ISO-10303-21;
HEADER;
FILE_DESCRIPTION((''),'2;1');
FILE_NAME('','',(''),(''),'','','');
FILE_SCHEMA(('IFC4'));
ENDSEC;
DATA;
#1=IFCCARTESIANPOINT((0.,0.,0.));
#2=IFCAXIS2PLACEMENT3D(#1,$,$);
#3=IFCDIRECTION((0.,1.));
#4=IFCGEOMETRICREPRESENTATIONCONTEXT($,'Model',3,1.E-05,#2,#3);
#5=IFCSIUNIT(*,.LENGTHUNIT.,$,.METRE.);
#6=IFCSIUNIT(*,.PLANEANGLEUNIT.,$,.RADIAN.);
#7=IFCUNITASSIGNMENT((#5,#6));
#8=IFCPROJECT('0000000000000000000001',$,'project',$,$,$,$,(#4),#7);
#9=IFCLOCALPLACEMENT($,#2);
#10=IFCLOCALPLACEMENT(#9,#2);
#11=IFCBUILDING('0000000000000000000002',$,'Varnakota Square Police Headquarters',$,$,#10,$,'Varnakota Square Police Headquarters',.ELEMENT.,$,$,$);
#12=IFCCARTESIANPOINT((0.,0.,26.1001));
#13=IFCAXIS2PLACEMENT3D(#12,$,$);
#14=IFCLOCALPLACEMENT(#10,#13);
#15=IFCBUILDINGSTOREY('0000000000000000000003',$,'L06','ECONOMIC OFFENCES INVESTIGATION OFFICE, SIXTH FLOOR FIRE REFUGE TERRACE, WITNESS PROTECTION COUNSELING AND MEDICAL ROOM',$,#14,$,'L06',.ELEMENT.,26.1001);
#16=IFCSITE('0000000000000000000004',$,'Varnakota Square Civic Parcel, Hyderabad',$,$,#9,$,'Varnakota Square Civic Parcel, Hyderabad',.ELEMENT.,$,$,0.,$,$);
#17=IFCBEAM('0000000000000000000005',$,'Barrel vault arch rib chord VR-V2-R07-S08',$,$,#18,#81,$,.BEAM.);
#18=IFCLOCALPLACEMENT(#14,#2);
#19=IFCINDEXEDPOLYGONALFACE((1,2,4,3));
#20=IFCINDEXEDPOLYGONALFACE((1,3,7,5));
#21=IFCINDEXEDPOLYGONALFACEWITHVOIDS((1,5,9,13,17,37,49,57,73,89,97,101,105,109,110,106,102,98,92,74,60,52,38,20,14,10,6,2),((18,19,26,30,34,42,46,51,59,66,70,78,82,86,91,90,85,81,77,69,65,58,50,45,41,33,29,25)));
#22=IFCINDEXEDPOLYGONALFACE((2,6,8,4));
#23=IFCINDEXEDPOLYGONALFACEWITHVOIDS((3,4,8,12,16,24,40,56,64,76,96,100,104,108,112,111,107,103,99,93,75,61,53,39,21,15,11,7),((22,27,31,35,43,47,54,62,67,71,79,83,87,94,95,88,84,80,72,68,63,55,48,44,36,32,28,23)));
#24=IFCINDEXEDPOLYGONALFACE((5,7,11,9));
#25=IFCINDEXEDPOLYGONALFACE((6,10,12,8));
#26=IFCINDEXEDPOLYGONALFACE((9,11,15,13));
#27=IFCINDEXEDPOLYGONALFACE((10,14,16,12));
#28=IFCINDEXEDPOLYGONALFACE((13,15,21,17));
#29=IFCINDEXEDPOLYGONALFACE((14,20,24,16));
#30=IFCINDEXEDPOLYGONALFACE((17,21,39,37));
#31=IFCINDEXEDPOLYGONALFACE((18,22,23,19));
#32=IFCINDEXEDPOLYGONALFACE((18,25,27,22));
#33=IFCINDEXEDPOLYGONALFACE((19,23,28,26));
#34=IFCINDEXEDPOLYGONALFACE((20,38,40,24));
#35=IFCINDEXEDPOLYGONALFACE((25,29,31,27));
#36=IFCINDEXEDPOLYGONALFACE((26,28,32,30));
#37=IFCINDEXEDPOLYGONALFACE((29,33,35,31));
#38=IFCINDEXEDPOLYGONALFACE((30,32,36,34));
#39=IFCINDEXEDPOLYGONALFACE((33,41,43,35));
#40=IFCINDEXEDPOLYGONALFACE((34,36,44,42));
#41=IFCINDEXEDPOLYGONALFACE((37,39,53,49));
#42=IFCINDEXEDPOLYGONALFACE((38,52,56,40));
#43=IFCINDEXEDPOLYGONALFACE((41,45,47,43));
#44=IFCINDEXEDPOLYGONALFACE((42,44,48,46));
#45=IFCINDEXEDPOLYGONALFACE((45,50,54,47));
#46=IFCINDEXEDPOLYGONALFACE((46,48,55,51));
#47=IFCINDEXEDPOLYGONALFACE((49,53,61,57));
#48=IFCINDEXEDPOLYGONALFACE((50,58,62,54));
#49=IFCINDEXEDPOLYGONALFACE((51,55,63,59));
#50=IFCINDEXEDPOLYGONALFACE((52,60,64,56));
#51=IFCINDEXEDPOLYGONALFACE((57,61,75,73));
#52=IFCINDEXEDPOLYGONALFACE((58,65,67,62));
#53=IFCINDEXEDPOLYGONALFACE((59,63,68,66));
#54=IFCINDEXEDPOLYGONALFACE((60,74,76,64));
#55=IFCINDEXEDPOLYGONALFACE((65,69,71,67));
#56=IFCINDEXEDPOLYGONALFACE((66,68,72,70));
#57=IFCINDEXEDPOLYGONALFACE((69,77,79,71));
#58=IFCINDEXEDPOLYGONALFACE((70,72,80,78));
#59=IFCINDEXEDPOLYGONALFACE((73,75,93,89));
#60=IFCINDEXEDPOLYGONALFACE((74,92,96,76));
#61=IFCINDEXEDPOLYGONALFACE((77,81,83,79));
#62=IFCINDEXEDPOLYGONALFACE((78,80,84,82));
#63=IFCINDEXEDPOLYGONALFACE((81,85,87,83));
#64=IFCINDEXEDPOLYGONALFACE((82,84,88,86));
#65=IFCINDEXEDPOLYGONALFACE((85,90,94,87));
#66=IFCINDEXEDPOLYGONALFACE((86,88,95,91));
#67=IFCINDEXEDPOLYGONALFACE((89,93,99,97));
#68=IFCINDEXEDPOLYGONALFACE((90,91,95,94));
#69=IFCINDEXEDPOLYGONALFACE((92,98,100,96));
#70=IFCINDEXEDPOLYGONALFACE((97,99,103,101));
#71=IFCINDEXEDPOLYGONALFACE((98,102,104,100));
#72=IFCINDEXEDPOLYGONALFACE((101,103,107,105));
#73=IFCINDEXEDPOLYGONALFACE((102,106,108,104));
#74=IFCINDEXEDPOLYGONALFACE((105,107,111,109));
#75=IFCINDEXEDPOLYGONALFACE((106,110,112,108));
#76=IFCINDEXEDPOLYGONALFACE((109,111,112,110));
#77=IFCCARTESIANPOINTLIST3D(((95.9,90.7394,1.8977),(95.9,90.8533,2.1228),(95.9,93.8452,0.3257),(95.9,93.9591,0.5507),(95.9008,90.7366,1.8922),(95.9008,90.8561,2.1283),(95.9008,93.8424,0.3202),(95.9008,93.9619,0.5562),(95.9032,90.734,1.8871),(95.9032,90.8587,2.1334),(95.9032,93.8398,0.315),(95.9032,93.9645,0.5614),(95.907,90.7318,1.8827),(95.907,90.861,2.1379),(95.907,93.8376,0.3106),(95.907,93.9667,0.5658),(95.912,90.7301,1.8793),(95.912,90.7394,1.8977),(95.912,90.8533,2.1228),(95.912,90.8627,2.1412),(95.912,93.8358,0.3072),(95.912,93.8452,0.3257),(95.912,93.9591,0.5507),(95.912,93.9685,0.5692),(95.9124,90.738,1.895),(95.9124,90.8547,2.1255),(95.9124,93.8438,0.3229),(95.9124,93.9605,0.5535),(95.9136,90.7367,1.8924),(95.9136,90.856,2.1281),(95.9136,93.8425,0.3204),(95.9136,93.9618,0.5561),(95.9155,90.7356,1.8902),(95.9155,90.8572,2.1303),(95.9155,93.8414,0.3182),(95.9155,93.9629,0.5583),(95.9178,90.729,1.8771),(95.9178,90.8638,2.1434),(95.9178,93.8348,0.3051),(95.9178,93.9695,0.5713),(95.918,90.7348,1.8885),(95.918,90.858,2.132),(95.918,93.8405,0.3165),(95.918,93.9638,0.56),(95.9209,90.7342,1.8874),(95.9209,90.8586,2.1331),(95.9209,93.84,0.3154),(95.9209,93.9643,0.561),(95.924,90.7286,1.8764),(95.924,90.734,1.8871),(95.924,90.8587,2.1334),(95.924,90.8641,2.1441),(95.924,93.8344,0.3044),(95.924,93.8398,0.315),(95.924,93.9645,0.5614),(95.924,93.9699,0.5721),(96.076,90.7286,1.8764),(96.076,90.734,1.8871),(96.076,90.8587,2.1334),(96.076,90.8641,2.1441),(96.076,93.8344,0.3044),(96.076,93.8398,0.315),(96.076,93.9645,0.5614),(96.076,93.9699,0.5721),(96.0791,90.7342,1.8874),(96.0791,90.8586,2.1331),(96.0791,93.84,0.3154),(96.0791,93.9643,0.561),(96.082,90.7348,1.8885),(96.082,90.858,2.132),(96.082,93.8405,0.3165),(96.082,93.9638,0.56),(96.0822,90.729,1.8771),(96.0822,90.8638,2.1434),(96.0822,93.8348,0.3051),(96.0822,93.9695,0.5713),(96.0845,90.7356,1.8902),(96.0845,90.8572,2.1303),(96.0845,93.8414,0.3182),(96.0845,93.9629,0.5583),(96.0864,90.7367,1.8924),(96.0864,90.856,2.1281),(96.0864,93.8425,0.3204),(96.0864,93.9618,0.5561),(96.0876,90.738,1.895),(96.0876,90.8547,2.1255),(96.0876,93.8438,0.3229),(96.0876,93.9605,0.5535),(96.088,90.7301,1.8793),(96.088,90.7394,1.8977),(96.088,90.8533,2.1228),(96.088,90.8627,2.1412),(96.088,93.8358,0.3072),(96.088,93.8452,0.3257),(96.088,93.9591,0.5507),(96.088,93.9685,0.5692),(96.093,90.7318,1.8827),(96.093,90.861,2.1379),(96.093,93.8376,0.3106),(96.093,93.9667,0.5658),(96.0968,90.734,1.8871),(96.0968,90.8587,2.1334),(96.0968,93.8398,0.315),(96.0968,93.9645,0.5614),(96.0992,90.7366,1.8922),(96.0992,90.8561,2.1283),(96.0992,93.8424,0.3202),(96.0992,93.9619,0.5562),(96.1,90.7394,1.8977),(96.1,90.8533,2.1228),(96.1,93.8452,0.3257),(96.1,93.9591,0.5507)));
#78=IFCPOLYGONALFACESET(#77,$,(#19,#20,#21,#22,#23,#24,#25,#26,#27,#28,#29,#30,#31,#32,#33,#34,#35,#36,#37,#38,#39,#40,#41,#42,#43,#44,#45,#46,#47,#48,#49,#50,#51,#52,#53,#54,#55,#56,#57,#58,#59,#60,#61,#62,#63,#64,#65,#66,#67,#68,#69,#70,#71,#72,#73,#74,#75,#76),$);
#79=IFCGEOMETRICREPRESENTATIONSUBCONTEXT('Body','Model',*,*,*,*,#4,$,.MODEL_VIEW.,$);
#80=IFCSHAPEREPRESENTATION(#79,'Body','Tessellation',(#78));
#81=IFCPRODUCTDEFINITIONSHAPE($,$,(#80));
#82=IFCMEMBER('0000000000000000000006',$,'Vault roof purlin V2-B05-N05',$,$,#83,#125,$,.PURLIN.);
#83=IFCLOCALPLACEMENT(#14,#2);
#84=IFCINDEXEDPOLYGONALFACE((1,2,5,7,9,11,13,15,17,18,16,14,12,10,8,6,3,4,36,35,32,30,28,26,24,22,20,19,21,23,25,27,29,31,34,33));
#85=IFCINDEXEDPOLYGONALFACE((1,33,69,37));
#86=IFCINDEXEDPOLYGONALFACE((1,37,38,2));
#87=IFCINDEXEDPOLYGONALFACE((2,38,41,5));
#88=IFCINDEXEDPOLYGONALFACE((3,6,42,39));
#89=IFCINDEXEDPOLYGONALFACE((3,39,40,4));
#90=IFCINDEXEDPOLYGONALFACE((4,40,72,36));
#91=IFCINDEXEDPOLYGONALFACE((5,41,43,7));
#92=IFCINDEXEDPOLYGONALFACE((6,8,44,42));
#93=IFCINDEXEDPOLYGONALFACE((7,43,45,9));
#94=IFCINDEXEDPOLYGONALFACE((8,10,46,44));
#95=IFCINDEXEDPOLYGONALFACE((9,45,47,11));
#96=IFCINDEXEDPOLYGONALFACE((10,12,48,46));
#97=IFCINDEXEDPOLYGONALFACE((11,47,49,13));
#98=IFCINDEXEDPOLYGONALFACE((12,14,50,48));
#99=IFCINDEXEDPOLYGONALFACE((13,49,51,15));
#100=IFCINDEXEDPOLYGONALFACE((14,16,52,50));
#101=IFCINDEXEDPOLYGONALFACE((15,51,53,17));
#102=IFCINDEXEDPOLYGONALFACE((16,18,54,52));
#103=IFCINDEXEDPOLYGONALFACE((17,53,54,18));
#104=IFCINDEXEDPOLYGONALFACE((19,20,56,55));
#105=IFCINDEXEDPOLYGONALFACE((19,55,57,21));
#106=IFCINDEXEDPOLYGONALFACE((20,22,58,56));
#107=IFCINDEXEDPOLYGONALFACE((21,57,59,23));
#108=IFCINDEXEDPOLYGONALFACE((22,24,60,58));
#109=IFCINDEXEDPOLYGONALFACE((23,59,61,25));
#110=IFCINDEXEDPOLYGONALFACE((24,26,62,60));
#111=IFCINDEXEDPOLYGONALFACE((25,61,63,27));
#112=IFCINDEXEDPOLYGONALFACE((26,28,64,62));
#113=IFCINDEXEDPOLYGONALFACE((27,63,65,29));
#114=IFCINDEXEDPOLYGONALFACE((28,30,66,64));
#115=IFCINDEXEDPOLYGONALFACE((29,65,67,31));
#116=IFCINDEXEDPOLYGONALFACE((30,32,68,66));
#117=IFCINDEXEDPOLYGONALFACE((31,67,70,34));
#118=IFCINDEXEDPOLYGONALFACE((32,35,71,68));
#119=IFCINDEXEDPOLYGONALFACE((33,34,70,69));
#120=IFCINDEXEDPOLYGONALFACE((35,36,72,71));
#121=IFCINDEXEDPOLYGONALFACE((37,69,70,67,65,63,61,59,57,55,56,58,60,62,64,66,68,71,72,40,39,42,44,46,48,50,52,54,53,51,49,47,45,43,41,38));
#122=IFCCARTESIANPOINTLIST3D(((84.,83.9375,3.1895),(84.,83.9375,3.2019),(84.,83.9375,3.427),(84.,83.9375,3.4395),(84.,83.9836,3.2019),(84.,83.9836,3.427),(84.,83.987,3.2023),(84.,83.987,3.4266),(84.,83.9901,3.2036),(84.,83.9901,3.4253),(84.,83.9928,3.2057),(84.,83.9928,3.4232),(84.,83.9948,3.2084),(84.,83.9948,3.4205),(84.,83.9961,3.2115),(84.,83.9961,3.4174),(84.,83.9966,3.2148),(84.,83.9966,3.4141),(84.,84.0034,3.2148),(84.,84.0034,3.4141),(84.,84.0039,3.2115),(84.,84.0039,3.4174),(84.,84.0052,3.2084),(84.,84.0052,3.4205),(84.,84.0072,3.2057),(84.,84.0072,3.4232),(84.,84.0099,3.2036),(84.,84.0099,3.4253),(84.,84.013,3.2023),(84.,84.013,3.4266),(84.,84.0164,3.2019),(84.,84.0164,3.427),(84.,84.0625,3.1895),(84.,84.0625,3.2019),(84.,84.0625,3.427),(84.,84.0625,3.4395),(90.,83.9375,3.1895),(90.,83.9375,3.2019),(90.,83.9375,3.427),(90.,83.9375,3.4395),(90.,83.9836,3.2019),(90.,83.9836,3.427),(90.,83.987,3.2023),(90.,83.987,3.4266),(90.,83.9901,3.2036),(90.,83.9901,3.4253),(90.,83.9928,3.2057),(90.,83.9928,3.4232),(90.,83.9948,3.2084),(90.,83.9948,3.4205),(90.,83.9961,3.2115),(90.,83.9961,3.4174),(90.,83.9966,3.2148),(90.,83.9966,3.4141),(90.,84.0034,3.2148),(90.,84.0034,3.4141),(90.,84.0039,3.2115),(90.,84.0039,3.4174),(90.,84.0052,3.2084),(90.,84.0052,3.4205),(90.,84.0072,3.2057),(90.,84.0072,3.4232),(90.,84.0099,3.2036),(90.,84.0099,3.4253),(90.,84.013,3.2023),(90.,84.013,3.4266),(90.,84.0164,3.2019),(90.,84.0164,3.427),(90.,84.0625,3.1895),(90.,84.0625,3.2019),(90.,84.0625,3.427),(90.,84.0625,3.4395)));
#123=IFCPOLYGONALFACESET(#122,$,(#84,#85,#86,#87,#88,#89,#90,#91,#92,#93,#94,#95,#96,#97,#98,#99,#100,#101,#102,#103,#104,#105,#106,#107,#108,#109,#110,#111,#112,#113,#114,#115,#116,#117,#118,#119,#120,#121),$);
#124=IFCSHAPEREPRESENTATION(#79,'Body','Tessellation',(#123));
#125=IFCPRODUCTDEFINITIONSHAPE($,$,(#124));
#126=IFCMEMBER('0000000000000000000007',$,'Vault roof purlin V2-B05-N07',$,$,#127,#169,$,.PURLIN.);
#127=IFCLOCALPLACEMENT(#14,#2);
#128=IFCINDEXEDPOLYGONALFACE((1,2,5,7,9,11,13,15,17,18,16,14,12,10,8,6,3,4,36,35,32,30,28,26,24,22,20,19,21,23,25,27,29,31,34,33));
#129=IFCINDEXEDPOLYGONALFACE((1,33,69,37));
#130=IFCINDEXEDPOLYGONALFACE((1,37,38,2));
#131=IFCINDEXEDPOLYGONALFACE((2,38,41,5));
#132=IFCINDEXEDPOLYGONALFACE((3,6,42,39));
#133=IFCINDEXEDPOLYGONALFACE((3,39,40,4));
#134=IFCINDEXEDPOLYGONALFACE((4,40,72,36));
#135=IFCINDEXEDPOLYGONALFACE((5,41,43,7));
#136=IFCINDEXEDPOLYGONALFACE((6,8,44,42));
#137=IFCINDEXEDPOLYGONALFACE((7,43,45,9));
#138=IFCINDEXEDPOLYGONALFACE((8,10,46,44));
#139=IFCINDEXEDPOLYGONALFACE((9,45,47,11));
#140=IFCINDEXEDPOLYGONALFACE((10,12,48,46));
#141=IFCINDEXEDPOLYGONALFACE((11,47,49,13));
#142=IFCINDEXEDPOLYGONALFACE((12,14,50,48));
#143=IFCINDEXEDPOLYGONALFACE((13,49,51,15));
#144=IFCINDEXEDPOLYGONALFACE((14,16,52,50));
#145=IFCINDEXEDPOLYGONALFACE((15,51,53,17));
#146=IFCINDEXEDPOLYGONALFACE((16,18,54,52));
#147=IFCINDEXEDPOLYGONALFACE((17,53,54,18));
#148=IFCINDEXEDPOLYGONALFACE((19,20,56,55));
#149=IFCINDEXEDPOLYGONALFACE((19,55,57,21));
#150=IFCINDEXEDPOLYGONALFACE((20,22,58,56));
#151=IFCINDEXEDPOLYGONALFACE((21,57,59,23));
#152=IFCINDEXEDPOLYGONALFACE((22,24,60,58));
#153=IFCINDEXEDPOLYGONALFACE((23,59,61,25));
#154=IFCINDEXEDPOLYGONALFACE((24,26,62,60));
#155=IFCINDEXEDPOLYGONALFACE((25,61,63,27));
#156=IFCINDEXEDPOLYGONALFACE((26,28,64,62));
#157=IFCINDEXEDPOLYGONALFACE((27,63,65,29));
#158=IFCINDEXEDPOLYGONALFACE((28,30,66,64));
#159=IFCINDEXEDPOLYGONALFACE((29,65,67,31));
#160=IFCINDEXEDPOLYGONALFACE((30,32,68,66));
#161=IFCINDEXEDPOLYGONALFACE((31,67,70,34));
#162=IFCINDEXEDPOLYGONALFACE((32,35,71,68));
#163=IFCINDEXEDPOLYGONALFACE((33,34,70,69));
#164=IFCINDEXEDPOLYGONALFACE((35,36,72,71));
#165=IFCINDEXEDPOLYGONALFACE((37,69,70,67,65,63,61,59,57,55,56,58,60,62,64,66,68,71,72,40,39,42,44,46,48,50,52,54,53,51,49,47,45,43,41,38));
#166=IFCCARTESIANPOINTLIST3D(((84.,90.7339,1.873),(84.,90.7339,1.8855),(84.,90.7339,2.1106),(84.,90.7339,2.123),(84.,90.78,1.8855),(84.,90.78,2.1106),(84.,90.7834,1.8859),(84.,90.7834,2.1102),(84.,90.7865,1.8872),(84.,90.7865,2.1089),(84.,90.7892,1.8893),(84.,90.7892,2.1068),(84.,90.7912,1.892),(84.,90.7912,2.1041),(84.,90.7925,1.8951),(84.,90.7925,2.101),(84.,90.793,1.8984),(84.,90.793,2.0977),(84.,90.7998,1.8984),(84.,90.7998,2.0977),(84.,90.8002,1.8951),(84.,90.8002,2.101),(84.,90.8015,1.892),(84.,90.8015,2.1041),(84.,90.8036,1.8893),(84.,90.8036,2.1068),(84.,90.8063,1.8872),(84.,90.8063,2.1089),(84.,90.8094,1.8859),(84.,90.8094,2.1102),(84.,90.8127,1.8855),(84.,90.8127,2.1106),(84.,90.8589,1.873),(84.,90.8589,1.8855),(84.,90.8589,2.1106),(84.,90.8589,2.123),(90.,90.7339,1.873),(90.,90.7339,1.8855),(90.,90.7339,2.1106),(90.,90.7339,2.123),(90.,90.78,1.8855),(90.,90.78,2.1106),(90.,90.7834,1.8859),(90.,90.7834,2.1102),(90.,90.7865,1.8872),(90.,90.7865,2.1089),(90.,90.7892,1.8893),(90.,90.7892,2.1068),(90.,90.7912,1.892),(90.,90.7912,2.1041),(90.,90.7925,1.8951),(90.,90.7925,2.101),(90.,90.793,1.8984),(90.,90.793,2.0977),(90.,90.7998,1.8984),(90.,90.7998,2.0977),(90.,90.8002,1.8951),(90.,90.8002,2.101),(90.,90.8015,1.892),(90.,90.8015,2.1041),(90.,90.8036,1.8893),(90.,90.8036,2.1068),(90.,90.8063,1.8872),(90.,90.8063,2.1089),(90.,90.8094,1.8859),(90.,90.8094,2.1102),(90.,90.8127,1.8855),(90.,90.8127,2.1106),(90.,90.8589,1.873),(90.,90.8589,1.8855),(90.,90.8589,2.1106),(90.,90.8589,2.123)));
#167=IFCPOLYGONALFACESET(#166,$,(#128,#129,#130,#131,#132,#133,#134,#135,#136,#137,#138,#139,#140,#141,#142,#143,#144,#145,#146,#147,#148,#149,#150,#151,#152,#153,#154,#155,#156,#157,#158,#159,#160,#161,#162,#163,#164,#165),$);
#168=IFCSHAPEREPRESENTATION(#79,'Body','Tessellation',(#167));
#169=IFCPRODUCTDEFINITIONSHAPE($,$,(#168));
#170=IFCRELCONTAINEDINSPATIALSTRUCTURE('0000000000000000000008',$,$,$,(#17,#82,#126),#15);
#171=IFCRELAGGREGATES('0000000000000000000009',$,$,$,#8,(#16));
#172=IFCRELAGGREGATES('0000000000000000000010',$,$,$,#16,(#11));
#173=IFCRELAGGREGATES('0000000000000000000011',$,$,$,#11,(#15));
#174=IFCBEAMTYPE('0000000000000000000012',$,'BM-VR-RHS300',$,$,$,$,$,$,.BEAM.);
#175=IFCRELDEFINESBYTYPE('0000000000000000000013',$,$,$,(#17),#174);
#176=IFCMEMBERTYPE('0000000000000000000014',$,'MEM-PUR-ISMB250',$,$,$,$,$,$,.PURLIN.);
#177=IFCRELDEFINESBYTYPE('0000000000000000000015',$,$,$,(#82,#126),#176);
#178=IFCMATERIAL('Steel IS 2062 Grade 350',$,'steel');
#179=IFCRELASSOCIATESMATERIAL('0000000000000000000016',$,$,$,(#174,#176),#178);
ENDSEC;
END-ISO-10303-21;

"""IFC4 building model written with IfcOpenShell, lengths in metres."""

from ifc_helpers import new_model, si_unit, direction, frame, origin, origin_2d, place, context, subcontext, project, spatial, hollow_rectangle, i_section, extrude, material, material_profile, profile_set, type_object, element, save


model = new_model("IFC4")

# Units and contexts
model_context = context("Model", 3, precision=1e-05, world=origin(), true_north=direction((0.0, 1.0)))
body_context = subcontext(model_context, "Body", "Model", "MODEL_VIEW")
ifc_project = project(units=[si_unit("LENGTHUNIT", "METRE"), si_unit("PLANEANGLEUNIT", "RADIAN")], contexts=[model_context])

# Site, building, storey
site_placement = place(None, origin())
site = spatial("IfcSite", under=ifc_project, at=site_placement, Name="Varnakota Square Civic Parcel, Hyderabad", LongName="Varnakota Square Civic Parcel, Hyderabad", CompositionType="ELEMENT", RefElevation=0.0)
building_placement = place(site_placement, origin())
building = spatial("IfcBuilding", under=site, at=building_placement, Name="Varnakota Square Police Headquarters", LongName="Varnakota Square Police Headquarters", CompositionType="ELEMENT")
storey_placement = place(building_placement, frame((0.0, 0.0, 26.1001)))
storey = spatial("IfcBuildingStorey", under=building, at=storey_placement, Name="L06", Description="ECONOMIC OFFENCES INVESTIGATION OFFICE, SIXTH FLOOR FIRE REFUGE TERRACE, WITNESS PROTECTION COUNSELING AND MEDICAL ROOM", LongName="L06", CompositionType="ELEMENT", Elevation=26.1001)

# Beam
ifc_material_1 = material(Name="Steel IS 2062 Grade 350", Category="steel")
ifc_material_profile_1 = material_profile(ifc_material_1, hollow_rectangle(XDim=0.2, YDim=0.3, WallThickness=0.012, InnerFilletRadius=0.012, OuterFilletRadius=0.0239, at=origin_2d()), Name="RHS 300x200x12")
ifc_profile_set_1 = profile_set([ifc_material_profile_1], Name="Steel IS 2062 Grade 350")
beam_type = type_object("IfcBeamType", Name="BM-VR-RHS300", PredefinedType="BEAM", material=ifc_profile_set_1)
beam_1_placement = place(storey_placement, frame((96.0, 90.7964, 2.0103), z_axis=(0.0, 0.892214, -0.451613), x_axis=(-1.0, 0.0, 0.0)))
element("IfcBeam", 1, at=beam_1_placement, inside=storey, type_object=beam_type, Name="Barrel vault arch rib chord VR-V2-R07-S08", PredefinedType="BEAM", context=body_context, shape_type="SweptSolid", body=[
    extrude(hollow_rectangle(XDim=0.2, YDim=0.3, WallThickness=0.012, InnerFilletRadius=0.012, OuterFilletRadius=0.0239, at=origin_2d()), origin(), (0.0, 0.0, 1.0), 3.481),
])

# Members
ifc_material_profile_2 = material_profile(ifc_material_1, i_section(OverallWidth=0.125, OverallDepth=0.25, WebThickness=0.0068, FlangeThickness=0.0125, FilletRadius=0.0129, at=origin_2d()), Name="ISMB 250")
ifc_profile_set_2 = profile_set([ifc_material_profile_2], Name="Steel IS 2062 Grade 350")
member_type_1 = type_object("IfcMemberType", Name="MEM-PUR-ISMB250", PredefinedType="PURLIN", material=ifc_profile_set_2)
for number, where, z_axis, x_axis, name in (
    (2, (84.0, 84.0, 3.3145), (1.0, 0.0, 0.0), (0.0, 1.0, 0.0), "Vault roof purlin V2-B05-N05"),
    (3, (84.0, 90.7964, 1.998), (1.0, 0.0, 0.0), (0.0, 1.0, 0.0), "Vault roof purlin V2-B05-N07"),
):
    element("IfcMember", number, at=place(storey_placement, frame(where, z_axis=z_axis, x_axis=x_axis)), inside=storey, type_object=member_type_1, Name=name, PredefinedType="PURLIN", context=body_context, shape_type="SweptSolid", body=[
        extrude(i_section(OverallWidth=0.125, OverallDepth=0.25, WebThickness=0.0068, FlangeThickness=0.0125, FilletRadius=0.0129, at=origin_2d()), origin(), (0.0, 0.0, 1.0), 6.0),
    ])

save(model, "model.ifc")
